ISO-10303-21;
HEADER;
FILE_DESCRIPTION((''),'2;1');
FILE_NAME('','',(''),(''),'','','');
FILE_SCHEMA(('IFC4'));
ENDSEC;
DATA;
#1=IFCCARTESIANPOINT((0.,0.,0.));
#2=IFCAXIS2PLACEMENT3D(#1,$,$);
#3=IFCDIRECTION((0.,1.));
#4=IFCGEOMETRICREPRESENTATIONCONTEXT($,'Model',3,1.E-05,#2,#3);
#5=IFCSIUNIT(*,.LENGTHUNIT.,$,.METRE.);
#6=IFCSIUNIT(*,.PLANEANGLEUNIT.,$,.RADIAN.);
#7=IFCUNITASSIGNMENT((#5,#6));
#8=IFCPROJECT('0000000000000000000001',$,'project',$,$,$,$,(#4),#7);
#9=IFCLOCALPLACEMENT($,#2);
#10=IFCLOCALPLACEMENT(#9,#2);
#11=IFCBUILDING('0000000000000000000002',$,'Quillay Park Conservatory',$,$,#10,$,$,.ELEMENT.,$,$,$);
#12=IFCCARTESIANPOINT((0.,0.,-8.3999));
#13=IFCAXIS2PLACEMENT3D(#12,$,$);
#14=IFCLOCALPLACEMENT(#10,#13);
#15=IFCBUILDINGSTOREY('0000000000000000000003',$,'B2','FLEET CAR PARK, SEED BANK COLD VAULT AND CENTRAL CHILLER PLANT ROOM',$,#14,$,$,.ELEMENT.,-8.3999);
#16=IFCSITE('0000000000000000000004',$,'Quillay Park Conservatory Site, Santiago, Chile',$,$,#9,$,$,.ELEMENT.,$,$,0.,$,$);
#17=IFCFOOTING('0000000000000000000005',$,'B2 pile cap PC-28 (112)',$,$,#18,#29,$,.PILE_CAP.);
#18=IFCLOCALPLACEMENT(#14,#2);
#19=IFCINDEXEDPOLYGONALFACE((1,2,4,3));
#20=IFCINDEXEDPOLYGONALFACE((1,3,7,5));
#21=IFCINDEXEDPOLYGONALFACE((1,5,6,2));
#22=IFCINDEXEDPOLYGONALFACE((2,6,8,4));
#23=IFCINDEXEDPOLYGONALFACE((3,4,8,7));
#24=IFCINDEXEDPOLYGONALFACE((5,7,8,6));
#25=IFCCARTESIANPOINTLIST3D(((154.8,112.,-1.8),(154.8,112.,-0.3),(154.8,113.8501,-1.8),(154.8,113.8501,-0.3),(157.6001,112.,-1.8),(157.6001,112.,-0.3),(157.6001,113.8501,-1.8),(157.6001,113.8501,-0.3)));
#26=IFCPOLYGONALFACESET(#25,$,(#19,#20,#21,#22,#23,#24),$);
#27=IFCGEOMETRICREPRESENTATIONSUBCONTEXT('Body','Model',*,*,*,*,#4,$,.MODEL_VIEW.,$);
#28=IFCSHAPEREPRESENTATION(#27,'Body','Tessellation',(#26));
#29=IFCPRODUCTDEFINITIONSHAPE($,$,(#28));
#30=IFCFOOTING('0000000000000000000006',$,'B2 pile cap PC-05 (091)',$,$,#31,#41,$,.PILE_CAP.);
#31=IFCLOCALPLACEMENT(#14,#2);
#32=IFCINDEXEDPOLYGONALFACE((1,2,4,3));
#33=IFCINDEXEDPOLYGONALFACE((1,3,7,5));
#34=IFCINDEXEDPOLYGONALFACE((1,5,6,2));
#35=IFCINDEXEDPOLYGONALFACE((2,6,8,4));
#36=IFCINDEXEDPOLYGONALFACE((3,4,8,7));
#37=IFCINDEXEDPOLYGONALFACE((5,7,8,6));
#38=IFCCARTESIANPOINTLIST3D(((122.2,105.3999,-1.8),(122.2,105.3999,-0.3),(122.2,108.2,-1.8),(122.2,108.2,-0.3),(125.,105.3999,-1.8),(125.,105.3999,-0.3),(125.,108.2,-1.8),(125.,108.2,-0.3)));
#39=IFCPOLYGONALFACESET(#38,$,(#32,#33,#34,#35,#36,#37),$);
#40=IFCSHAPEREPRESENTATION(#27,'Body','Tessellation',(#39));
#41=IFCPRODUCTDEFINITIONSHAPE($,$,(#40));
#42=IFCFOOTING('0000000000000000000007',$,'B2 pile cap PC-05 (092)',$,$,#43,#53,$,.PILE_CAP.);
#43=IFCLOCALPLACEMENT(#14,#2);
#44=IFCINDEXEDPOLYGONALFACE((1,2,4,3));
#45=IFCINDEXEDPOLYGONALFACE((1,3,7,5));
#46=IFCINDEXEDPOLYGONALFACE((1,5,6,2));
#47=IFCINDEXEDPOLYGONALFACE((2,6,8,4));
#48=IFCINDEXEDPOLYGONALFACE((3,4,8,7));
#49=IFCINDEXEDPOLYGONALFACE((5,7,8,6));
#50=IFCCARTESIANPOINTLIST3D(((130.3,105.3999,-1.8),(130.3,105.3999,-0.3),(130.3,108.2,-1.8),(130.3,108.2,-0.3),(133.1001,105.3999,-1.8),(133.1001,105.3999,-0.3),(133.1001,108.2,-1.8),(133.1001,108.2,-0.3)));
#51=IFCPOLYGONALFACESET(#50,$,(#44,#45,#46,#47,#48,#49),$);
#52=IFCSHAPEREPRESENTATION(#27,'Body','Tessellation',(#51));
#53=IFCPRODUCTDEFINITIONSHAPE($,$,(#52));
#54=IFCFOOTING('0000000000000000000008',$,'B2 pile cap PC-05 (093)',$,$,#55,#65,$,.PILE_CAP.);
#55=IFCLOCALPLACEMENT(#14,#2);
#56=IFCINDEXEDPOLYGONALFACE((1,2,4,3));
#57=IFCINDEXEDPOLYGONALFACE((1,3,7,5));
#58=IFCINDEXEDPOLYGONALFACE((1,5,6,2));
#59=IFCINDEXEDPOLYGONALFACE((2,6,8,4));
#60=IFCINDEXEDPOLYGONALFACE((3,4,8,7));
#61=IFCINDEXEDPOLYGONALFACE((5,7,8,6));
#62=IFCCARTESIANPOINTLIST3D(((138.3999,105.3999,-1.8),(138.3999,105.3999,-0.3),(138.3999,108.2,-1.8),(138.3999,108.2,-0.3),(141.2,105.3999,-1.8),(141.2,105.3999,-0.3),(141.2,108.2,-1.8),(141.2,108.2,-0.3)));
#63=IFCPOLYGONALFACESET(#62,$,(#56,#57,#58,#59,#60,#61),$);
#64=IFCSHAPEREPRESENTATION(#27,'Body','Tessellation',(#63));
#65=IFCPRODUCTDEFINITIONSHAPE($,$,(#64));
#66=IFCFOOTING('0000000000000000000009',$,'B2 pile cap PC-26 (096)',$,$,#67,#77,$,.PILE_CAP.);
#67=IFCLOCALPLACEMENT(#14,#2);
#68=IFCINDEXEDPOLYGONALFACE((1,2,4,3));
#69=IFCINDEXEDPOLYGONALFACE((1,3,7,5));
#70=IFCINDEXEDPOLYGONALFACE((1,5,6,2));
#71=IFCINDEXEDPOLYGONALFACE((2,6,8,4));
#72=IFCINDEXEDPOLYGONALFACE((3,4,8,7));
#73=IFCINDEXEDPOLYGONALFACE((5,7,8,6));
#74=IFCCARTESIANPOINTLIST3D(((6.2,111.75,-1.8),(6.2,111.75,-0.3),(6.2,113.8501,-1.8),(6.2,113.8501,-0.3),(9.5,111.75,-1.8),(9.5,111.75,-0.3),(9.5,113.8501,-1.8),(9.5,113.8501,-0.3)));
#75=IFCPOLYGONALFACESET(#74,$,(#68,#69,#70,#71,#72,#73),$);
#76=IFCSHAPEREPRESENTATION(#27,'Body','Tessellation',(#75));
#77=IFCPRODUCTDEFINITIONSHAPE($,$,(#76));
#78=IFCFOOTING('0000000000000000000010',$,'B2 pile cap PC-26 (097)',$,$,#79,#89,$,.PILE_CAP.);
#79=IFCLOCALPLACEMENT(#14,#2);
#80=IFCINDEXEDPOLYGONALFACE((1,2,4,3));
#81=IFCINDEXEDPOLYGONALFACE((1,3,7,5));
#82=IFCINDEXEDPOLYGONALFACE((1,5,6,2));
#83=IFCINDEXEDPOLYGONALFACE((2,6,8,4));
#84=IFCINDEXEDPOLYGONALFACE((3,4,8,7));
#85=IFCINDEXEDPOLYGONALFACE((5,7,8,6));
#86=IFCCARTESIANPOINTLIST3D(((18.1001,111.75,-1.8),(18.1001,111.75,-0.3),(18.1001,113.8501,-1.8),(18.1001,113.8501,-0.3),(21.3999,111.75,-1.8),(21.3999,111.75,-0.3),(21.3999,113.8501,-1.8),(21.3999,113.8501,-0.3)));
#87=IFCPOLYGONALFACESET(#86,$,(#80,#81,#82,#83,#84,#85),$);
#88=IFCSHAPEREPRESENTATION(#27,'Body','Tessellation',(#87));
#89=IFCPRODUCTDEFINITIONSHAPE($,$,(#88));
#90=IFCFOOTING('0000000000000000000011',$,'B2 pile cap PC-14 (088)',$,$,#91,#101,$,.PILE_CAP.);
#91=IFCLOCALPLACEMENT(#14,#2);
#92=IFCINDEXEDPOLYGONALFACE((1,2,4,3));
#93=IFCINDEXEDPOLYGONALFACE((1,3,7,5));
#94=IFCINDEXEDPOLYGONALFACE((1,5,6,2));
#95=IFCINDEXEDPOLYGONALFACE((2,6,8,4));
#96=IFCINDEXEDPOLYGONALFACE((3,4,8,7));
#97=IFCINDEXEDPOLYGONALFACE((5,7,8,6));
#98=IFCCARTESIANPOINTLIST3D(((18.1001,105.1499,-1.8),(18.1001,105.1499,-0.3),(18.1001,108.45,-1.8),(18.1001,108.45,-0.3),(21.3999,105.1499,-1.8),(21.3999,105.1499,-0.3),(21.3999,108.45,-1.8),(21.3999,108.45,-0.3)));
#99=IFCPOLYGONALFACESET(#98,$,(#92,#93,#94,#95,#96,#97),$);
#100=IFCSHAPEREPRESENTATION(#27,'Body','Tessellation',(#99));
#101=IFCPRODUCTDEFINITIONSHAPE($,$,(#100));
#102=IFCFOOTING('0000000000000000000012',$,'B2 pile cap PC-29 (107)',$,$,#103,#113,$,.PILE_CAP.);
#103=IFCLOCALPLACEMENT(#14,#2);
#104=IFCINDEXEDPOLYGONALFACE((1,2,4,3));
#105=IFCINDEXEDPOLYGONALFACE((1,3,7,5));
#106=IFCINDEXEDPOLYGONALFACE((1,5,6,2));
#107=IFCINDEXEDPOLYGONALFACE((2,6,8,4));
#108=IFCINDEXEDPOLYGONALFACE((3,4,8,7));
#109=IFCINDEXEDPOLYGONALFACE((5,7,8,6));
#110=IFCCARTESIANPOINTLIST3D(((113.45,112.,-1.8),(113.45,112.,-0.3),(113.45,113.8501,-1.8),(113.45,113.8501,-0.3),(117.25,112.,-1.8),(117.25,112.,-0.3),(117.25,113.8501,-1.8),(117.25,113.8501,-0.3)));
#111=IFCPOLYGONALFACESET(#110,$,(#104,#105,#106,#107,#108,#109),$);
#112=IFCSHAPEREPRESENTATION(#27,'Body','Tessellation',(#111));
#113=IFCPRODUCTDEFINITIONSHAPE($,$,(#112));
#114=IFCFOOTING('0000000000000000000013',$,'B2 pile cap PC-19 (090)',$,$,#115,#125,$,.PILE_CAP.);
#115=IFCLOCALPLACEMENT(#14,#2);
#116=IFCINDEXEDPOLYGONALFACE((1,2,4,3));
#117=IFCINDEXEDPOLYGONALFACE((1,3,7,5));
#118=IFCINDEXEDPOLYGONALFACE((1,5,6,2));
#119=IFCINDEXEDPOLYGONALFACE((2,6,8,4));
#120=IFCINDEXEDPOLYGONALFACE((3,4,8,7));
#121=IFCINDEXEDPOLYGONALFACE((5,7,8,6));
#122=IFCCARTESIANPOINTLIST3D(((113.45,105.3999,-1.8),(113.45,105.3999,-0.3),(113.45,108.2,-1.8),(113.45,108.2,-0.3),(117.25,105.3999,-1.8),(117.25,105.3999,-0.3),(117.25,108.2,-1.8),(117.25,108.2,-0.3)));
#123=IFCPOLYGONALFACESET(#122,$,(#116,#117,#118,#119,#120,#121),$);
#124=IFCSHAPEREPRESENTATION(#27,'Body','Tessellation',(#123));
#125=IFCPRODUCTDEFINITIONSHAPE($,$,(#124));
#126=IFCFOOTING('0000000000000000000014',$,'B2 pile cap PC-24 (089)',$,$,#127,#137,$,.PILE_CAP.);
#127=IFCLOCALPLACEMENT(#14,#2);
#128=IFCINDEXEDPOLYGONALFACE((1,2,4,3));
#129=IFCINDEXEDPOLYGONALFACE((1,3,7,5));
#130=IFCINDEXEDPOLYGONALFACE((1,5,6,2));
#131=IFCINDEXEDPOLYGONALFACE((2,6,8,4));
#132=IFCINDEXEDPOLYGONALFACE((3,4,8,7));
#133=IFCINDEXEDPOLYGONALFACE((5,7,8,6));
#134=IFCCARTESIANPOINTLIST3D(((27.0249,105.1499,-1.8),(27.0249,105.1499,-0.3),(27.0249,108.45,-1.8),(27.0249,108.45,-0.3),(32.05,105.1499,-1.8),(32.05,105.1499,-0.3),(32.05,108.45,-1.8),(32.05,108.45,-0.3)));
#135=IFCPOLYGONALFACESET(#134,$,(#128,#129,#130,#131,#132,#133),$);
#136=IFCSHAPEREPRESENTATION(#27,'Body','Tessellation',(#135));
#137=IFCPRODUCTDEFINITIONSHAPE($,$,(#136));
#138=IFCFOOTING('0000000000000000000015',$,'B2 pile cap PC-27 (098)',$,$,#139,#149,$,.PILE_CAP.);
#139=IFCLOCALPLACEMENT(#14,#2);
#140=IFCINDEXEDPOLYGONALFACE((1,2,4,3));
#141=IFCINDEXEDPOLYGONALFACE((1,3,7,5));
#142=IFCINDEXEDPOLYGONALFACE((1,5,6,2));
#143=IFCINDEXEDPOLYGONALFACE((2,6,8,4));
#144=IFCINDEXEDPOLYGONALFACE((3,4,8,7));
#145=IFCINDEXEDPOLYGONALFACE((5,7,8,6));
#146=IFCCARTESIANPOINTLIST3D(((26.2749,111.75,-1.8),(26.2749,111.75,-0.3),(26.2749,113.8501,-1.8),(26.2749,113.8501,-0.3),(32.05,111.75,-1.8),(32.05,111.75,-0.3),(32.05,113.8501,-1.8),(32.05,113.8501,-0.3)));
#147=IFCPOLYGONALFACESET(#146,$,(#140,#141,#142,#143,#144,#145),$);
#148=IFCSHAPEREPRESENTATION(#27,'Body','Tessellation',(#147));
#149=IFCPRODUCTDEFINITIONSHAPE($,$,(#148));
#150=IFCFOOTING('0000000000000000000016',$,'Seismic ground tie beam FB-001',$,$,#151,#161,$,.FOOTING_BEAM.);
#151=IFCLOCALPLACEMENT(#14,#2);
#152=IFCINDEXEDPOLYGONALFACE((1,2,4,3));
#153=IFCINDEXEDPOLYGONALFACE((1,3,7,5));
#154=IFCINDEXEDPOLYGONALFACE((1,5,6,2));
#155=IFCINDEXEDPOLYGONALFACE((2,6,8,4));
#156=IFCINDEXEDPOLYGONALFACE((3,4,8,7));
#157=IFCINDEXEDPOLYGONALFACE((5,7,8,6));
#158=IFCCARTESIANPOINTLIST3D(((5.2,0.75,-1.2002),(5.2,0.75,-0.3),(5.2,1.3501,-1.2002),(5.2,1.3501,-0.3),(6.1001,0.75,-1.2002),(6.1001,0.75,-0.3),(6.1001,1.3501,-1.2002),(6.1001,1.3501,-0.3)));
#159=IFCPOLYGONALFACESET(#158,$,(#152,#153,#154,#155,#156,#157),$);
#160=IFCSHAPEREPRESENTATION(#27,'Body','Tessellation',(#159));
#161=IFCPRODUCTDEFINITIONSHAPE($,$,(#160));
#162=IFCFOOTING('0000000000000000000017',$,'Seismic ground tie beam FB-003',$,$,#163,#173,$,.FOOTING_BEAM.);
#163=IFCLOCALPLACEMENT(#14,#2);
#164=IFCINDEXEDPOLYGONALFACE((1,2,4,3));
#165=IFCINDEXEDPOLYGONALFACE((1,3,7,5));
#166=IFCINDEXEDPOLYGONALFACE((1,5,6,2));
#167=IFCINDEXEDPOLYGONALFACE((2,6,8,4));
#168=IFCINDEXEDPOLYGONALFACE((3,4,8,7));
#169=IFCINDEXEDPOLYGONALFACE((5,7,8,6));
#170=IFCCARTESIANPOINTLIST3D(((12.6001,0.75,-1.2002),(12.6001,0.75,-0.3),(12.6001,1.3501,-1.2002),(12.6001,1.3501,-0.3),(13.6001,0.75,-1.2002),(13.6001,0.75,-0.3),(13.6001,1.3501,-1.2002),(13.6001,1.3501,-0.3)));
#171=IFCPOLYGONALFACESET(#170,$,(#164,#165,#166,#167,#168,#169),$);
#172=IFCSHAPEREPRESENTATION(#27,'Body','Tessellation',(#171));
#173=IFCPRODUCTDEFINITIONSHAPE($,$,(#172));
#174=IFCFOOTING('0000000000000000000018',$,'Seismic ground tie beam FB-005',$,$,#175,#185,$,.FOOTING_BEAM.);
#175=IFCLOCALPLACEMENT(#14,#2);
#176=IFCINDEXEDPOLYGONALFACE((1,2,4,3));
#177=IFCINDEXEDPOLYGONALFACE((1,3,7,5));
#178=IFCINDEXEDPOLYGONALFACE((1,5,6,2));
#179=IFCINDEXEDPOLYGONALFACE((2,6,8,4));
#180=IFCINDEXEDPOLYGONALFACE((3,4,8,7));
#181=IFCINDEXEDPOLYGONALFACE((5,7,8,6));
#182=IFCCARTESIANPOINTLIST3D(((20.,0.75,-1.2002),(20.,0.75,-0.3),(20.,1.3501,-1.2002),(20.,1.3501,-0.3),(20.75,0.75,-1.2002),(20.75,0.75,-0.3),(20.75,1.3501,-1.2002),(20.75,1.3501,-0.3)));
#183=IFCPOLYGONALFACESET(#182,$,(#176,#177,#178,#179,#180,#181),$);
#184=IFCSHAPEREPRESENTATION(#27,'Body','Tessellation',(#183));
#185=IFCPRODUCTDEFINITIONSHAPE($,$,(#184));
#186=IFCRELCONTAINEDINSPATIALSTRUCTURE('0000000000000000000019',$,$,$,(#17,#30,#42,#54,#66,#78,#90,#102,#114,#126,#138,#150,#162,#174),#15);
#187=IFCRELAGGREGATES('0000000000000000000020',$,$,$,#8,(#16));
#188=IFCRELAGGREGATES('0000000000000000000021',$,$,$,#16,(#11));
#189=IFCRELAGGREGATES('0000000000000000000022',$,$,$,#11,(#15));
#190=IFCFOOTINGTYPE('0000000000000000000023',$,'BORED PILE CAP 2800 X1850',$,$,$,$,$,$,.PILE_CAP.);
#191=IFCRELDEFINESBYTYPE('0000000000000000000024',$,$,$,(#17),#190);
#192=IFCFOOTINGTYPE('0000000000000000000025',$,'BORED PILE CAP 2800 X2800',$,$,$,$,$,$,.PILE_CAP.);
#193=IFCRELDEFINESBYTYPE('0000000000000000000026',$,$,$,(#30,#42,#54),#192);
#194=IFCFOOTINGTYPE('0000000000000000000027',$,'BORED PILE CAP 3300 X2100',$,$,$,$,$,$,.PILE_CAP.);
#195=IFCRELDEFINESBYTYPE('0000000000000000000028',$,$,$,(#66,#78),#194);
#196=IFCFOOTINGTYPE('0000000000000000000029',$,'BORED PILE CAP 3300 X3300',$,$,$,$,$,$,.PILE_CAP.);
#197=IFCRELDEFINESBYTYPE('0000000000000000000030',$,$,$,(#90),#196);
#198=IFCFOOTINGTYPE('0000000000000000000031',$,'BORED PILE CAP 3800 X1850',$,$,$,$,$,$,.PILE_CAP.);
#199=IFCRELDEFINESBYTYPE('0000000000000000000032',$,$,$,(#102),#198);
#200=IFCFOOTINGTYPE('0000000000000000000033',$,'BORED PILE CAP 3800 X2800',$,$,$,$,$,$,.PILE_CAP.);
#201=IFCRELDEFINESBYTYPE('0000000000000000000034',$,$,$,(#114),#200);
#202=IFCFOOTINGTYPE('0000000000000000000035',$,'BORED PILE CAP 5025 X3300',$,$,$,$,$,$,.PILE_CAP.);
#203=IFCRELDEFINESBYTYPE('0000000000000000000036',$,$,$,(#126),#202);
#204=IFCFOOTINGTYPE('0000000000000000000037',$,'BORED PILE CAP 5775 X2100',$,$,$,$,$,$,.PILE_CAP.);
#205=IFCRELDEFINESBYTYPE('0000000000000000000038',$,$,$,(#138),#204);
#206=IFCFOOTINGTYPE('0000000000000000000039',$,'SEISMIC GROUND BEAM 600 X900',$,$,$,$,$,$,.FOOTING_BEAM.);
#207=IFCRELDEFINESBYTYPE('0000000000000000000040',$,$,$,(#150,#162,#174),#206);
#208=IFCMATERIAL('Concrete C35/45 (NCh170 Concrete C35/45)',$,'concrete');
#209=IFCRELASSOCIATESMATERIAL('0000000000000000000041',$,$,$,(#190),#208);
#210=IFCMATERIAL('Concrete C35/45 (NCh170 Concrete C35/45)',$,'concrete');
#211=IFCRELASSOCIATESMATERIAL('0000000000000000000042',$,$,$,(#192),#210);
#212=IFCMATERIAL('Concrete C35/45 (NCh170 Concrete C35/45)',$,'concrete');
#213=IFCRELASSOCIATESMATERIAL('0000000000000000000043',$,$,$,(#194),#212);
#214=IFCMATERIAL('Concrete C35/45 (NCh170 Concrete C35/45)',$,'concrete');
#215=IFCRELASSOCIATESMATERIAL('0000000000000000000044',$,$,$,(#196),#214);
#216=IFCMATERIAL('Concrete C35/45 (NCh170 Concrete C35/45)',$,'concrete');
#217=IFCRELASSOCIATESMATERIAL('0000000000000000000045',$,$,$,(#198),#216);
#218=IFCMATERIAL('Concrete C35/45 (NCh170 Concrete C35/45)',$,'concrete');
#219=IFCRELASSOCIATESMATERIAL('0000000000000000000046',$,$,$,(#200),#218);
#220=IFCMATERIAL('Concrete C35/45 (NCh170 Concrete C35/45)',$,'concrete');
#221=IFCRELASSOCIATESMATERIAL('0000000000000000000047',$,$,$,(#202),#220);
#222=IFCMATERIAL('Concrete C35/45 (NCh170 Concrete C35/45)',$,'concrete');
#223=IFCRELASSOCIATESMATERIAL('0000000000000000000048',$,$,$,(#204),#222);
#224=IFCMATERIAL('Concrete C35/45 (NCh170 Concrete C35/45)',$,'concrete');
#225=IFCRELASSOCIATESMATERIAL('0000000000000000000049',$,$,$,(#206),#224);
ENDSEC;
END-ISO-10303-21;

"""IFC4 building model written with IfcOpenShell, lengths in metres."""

from ifc_helpers import new_model, si_unit, direction, frame, origin, place, context, subcontext, project, spatial, polyline, outline, extrude, material, type_object, element, save


model = new_model("IFC4")

# Units and contexts
model_context = context("Model", 3, precision=1e-05, world=origin(), true_north=direction((0.0, 1.0)))
body_context = subcontext(model_context, "Body", "Model", "MODEL_VIEW")
ifc_project = project(units=[si_unit("LENGTHUNIT", "METRE"), si_unit("PLANEANGLEUNIT", "RADIAN")], contexts=[model_context])

# Site, building, storey
site_placement = place(None, origin())
site = spatial("IfcSite", under=ifc_project, at=site_placement, Name="Quillay Park Conservatory Site, Santiago, Chile", CompositionType="ELEMENT", RefElevation=0.0)
building_placement = place(site_placement, origin())
building = spatial("IfcBuilding", under=site, at=building_placement, Name="Quillay Park Conservatory", CompositionType="ELEMENT")
storey_placement = place(building_placement, frame((0.0, 0.0, -8.3999)))
storey = spatial("IfcBuildingStorey", under=building, at=storey_placement, Name="B2", Description="FLEET CAR PARK, SEED BANK COLD VAULT AND CENTRAL CHILLER PLANT ROOM", CompositionType="ELEMENT", Elevation=-8.3999)

# Footings
ifc_material_1 = material(Name="Concrete C35/45 (NCh170 Concrete C35/45)", Category="concrete")
footing_type_1 = type_object("IfcFootingType", Name="BORED PILE CAP 2800 X1850", PredefinedType="PILE_CAP", material=ifc_material_1)
footing_1_placement = place(storey_placement, frame((0.0, 0.0, -1.8)))
element("IfcFooting", 1, at=footing_1_placement, inside=storey, type_object=footing_type_1, Name="B2 pile cap PC-28 (112)", PredefinedType="PILE_CAP", context=body_context, shape_type="SweptSolid", body=[
    extrude(outline(polyline([(154.8, 112.0), (157.6001, 112.0), (157.6001, 113.8501), (154.8, 113.8501), (154.8, 112.0)])), origin(), (0.0, 0.0, 1.0), 1.5),
])
ifc_material_2 = material(Name="Concrete C35/45 (NCh170 Concrete C35/45)", Category="concrete")
footing_type_2 = type_object("IfcFootingType", Name="BORED PILE CAP 2800 X2800", PredefinedType="PILE_CAP", material=ifc_material_2)
footing_2_placement = place(storey_placement, frame((0.0, 0.0, -1.8)))
element("IfcFooting", 2, at=footing_2_placement, inside=storey, type_object=footing_type_2, Name="B2 pile cap PC-05 (091)", PredefinedType="PILE_CAP", context=body_context, shape_type="SweptSolid", body=[
    extrude(outline(polyline([(122.2, 105.3999), (125.0, 105.3999), (125.0, 108.2), (122.2, 108.2), (122.2, 105.3999)])), origin(), (0.0, 0.0, 1.0), 1.5),
])
footing_3_placement = place(storey_placement, frame((0.0, 0.0, -1.8)))
element("IfcFooting", 3, at=footing_3_placement, inside=storey, type_object=footing_type_2, Name="B2 pile cap PC-05 (092)", PredefinedType="PILE_CAP", context=body_context, shape_type="SweptSolid", body=[
    extrude(outline(polyline([(130.3, 105.3999), (133.1001, 105.3999), (133.1001, 108.2), (130.3, 108.2), (130.3, 105.3999)])), origin(), (0.0, 0.0, 1.0), 1.5),
])
footing_4_placement = place(storey_placement, frame((0.0, 0.0, -1.8)))
element("IfcFooting", 4, at=footing_4_placement, inside=storey, type_object=footing_type_2, Name="B2 pile cap PC-05 (093)", PredefinedType="PILE_CAP", context=body_context, shape_type="SweptSolid", body=[
    extrude(outline(polyline([(138.3999, 105.3999), (141.2, 105.3999), (141.2, 108.2), (138.3999, 108.2), (138.3999, 105.3999)])), origin(), (0.0, 0.0, 1.0), 1.5),
])
ifc_material_3 = material(Name="Concrete C35/45 (NCh170 Concrete C35/45)", Category="concrete")
footing_type_3 = type_object("IfcFootingType", Name="BORED PILE CAP 3300 X2100", PredefinedType="PILE_CAP", material=ifc_material_3)
footing_5_placement = place(storey_placement, frame((0.0, 0.0, -1.8)))
element("IfcFooting", 5, at=footing_5_placement, inside=storey, type_object=footing_type_3, Name="B2 pile cap PC-26 (096)", PredefinedType="PILE_CAP", context=body_context, shape_type="SweptSolid", body=[
    extrude(outline(polyline([(6.2, 111.75), (9.5, 111.75), (9.5, 113.8501), (6.2, 113.8501), (6.2, 111.75)])), origin(), (0.0, 0.0, 1.0), 1.5),
])
footing_6_placement = place(storey_placement, frame((0.0, 0.0, -1.8)))
element("IfcFooting", 6, at=footing_6_placement, inside=storey, type_object=footing_type_3, Name="B2 pile cap PC-26 (097)", PredefinedType="PILE_CAP", context=body_context, shape_type="SweptSolid", body=[
    extrude(outline(polyline([(18.1001, 111.75), (21.3999, 111.75), (21.3999, 113.8501), (18.1001, 113.8501), (18.1001, 111.75)])), origin(), (0.0, 0.0, 1.0), 1.5),
])
ifc_material_4 = material(Name="Concrete C35/45 (NCh170 Concrete C35/45)", Category="concrete")
footing_type_4 = type_object("IfcFootingType", Name="BORED PILE CAP 3300 X3300", PredefinedType="PILE_CAP", material=ifc_material_4)
footing_7_placement = place(storey_placement, frame((0.0, 0.0, -1.8)))
element("IfcFooting", 7, at=footing_7_placement, inside=storey, type_object=footing_type_4, Name="B2 pile cap PC-14 (088)", PredefinedType="PILE_CAP", context=body_context, shape_type="SweptSolid", body=[
    extrude(outline(polyline([(18.1001, 105.1499), (21.3999, 105.1499), (21.3999, 108.45), (18.1001, 108.45), (18.1001, 105.1499)])), origin(), (0.0, 0.0, 1.0), 1.5),
])
ifc_material_5 = material(Name="Concrete C35/45 (NCh170 Concrete C35/45)", Category="concrete")
footing_type_5 = type_object("IfcFootingType", Name="BORED PILE CAP 3800 X1850", PredefinedType="PILE_CAP", material=ifc_material_5)
footing_8_placement = place(storey_placement, frame((0.0, 0.0, -1.8)))
element("IfcFooting", 8, at=footing_8_placement, inside=storey, type_object=footing_type_5, Name="B2 pile cap PC-29 (107)", PredefinedType="PILE_CAP", context=body_context, shape_type="SweptSolid", body=[
    extrude(outline(polyline([(113.45, 112.0), (117.25, 112.0), (117.25, 113.8501), (113.45, 113.8501), (113.45, 112.0)])), origin(), (0.0, 0.0, 1.0), 1.5),
])
ifc_material_6 = material(Name="Concrete C35/45 (NCh170 Concrete C35/45)", Category="concrete")
footing_type_6 = type_object("IfcFootingType", Name="BORED PILE CAP 3800 X2800", PredefinedType="PILE_CAP", material=ifc_material_6)
footing_9_placement = place(storey_placement, frame((0.0, 0.0, -1.8)))
element("IfcFooting", 9, at=footing_9_placement, inside=storey, type_object=footing_type_6, Name="B2 pile cap PC-19 (090)", PredefinedType="PILE_CAP", context=body_context, shape_type="SweptSolid", body=[
    extrude(outline(polyline([(113.45, 105.3999), (117.25, 105.3999), (117.25, 108.2), (113.45, 108.2), (113.45, 105.3999)])), origin(), (0.0, 0.0, 1.0), 1.5),
])
ifc_material_7 = material(Name="Concrete C35/45 (NCh170 Concrete C35/45)", Category="concrete")
footing_type_7 = type_object("IfcFootingType", Name="BORED PILE CAP 5025 X3300", PredefinedType="PILE_CAP", material=ifc_material_7)
footing_10_placement = place(storey_placement, frame((0.0, 0.0, -1.8)))
element("IfcFooting", 10, at=footing_10_placement, inside=storey, type_object=footing_type_7, Name="B2 pile cap PC-24 (089)", PredefinedType="PILE_CAP", context=body_context, shape_type="SweptSolid", body=[
    extrude(outline(polyline([(27.0249, 105.1499), (32.05, 105.1499), (32.05, 108.45), (27.0249, 108.45), (27.0249, 105.1499)])), origin(), (0.0, 0.0, 1.0), 1.5),
])
ifc_material_8 = material(Name="Concrete C35/45 (NCh170 Concrete C35/45)", Category="concrete")
footing_type_8 = type_object("IfcFootingType", Name="BORED PILE CAP 5775 X2100", PredefinedType="PILE_CAP", material=ifc_material_8)
footing_11_placement = place(storey_placement, frame((0.0, 0.0, -1.8)))
element("IfcFooting", 11, at=footing_11_placement, inside=storey, type_object=footing_type_8, Name="B2 pile cap PC-27 (098)", PredefinedType="PILE_CAP", context=body_context, shape_type="SweptSolid", body=[
    extrude(outline(polyline([(26.2749, 111.75), (32.05, 111.75), (32.05, 113.8501), (26.2749, 113.8501), (26.2749, 111.75)])), origin(), (0.0, 0.0, 1.0), 1.5),
])
ifc_material_9 = material(Name="Concrete C35/45 (NCh170 Concrete C35/45)", Category="concrete")
footing_type_9 = type_object("IfcFootingType", Name="SEISMIC GROUND BEAM 600 X900", PredefinedType="FOOTING_BEAM", material=ifc_material_9)
footing_12_placement = place(storey_placement, frame((0.0, 0.0, -1.2002)))
element("IfcFooting", 12, at=footing_12_placement, inside=storey, type_object=footing_type_9, Name="Seismic ground tie beam FB-001", PredefinedType="FOOTING_BEAM", context=body_context, shape_type="SweptSolid", body=[
    extrude(outline(polyline([(5.2, 0.75), (6.1001, 0.75), (6.1001, 1.3501), (5.2, 1.3501), (5.2, 0.75)])), origin(), (0.0, 0.0, 1.0), 0.9001),
])
footing_13_placement = place(storey_placement, frame((0.0, 0.0, -1.2002)))
element("IfcFooting", 13, at=footing_13_placement, inside=storey, type_object=footing_type_9, Name="Seismic ground tie beam FB-003", PredefinedType="FOOTING_BEAM", context=body_context, shape_type="SweptSolid", body=[
    extrude(outline(polyline([(12.6001, 0.75), (13.6001, 0.75), (13.6001, 1.3501), (12.6001, 1.3501), (12.6001, 0.75)])), origin(), (0.0, 0.0, 1.0), 0.9001),
])
footing_14_placement = place(storey_placement, frame((0.0, 0.0, -1.2002)))
element("IfcFooting", 14, at=footing_14_placement, inside=storey, type_object=footing_type_9, Name="Seismic ground tie beam FB-005", PredefinedType="FOOTING_BEAM", context=body_context, shape_type="SweptSolid", body=[
    extrude(outline(polyline([(20.0, 0.75), (20.75, 0.75), (20.75, 1.3501), (20.0, 1.3501), (20.0, 0.75)])), origin(), (0.0, 0.0, 1.0), 0.9001),
])

save(model, "model.ifc")
